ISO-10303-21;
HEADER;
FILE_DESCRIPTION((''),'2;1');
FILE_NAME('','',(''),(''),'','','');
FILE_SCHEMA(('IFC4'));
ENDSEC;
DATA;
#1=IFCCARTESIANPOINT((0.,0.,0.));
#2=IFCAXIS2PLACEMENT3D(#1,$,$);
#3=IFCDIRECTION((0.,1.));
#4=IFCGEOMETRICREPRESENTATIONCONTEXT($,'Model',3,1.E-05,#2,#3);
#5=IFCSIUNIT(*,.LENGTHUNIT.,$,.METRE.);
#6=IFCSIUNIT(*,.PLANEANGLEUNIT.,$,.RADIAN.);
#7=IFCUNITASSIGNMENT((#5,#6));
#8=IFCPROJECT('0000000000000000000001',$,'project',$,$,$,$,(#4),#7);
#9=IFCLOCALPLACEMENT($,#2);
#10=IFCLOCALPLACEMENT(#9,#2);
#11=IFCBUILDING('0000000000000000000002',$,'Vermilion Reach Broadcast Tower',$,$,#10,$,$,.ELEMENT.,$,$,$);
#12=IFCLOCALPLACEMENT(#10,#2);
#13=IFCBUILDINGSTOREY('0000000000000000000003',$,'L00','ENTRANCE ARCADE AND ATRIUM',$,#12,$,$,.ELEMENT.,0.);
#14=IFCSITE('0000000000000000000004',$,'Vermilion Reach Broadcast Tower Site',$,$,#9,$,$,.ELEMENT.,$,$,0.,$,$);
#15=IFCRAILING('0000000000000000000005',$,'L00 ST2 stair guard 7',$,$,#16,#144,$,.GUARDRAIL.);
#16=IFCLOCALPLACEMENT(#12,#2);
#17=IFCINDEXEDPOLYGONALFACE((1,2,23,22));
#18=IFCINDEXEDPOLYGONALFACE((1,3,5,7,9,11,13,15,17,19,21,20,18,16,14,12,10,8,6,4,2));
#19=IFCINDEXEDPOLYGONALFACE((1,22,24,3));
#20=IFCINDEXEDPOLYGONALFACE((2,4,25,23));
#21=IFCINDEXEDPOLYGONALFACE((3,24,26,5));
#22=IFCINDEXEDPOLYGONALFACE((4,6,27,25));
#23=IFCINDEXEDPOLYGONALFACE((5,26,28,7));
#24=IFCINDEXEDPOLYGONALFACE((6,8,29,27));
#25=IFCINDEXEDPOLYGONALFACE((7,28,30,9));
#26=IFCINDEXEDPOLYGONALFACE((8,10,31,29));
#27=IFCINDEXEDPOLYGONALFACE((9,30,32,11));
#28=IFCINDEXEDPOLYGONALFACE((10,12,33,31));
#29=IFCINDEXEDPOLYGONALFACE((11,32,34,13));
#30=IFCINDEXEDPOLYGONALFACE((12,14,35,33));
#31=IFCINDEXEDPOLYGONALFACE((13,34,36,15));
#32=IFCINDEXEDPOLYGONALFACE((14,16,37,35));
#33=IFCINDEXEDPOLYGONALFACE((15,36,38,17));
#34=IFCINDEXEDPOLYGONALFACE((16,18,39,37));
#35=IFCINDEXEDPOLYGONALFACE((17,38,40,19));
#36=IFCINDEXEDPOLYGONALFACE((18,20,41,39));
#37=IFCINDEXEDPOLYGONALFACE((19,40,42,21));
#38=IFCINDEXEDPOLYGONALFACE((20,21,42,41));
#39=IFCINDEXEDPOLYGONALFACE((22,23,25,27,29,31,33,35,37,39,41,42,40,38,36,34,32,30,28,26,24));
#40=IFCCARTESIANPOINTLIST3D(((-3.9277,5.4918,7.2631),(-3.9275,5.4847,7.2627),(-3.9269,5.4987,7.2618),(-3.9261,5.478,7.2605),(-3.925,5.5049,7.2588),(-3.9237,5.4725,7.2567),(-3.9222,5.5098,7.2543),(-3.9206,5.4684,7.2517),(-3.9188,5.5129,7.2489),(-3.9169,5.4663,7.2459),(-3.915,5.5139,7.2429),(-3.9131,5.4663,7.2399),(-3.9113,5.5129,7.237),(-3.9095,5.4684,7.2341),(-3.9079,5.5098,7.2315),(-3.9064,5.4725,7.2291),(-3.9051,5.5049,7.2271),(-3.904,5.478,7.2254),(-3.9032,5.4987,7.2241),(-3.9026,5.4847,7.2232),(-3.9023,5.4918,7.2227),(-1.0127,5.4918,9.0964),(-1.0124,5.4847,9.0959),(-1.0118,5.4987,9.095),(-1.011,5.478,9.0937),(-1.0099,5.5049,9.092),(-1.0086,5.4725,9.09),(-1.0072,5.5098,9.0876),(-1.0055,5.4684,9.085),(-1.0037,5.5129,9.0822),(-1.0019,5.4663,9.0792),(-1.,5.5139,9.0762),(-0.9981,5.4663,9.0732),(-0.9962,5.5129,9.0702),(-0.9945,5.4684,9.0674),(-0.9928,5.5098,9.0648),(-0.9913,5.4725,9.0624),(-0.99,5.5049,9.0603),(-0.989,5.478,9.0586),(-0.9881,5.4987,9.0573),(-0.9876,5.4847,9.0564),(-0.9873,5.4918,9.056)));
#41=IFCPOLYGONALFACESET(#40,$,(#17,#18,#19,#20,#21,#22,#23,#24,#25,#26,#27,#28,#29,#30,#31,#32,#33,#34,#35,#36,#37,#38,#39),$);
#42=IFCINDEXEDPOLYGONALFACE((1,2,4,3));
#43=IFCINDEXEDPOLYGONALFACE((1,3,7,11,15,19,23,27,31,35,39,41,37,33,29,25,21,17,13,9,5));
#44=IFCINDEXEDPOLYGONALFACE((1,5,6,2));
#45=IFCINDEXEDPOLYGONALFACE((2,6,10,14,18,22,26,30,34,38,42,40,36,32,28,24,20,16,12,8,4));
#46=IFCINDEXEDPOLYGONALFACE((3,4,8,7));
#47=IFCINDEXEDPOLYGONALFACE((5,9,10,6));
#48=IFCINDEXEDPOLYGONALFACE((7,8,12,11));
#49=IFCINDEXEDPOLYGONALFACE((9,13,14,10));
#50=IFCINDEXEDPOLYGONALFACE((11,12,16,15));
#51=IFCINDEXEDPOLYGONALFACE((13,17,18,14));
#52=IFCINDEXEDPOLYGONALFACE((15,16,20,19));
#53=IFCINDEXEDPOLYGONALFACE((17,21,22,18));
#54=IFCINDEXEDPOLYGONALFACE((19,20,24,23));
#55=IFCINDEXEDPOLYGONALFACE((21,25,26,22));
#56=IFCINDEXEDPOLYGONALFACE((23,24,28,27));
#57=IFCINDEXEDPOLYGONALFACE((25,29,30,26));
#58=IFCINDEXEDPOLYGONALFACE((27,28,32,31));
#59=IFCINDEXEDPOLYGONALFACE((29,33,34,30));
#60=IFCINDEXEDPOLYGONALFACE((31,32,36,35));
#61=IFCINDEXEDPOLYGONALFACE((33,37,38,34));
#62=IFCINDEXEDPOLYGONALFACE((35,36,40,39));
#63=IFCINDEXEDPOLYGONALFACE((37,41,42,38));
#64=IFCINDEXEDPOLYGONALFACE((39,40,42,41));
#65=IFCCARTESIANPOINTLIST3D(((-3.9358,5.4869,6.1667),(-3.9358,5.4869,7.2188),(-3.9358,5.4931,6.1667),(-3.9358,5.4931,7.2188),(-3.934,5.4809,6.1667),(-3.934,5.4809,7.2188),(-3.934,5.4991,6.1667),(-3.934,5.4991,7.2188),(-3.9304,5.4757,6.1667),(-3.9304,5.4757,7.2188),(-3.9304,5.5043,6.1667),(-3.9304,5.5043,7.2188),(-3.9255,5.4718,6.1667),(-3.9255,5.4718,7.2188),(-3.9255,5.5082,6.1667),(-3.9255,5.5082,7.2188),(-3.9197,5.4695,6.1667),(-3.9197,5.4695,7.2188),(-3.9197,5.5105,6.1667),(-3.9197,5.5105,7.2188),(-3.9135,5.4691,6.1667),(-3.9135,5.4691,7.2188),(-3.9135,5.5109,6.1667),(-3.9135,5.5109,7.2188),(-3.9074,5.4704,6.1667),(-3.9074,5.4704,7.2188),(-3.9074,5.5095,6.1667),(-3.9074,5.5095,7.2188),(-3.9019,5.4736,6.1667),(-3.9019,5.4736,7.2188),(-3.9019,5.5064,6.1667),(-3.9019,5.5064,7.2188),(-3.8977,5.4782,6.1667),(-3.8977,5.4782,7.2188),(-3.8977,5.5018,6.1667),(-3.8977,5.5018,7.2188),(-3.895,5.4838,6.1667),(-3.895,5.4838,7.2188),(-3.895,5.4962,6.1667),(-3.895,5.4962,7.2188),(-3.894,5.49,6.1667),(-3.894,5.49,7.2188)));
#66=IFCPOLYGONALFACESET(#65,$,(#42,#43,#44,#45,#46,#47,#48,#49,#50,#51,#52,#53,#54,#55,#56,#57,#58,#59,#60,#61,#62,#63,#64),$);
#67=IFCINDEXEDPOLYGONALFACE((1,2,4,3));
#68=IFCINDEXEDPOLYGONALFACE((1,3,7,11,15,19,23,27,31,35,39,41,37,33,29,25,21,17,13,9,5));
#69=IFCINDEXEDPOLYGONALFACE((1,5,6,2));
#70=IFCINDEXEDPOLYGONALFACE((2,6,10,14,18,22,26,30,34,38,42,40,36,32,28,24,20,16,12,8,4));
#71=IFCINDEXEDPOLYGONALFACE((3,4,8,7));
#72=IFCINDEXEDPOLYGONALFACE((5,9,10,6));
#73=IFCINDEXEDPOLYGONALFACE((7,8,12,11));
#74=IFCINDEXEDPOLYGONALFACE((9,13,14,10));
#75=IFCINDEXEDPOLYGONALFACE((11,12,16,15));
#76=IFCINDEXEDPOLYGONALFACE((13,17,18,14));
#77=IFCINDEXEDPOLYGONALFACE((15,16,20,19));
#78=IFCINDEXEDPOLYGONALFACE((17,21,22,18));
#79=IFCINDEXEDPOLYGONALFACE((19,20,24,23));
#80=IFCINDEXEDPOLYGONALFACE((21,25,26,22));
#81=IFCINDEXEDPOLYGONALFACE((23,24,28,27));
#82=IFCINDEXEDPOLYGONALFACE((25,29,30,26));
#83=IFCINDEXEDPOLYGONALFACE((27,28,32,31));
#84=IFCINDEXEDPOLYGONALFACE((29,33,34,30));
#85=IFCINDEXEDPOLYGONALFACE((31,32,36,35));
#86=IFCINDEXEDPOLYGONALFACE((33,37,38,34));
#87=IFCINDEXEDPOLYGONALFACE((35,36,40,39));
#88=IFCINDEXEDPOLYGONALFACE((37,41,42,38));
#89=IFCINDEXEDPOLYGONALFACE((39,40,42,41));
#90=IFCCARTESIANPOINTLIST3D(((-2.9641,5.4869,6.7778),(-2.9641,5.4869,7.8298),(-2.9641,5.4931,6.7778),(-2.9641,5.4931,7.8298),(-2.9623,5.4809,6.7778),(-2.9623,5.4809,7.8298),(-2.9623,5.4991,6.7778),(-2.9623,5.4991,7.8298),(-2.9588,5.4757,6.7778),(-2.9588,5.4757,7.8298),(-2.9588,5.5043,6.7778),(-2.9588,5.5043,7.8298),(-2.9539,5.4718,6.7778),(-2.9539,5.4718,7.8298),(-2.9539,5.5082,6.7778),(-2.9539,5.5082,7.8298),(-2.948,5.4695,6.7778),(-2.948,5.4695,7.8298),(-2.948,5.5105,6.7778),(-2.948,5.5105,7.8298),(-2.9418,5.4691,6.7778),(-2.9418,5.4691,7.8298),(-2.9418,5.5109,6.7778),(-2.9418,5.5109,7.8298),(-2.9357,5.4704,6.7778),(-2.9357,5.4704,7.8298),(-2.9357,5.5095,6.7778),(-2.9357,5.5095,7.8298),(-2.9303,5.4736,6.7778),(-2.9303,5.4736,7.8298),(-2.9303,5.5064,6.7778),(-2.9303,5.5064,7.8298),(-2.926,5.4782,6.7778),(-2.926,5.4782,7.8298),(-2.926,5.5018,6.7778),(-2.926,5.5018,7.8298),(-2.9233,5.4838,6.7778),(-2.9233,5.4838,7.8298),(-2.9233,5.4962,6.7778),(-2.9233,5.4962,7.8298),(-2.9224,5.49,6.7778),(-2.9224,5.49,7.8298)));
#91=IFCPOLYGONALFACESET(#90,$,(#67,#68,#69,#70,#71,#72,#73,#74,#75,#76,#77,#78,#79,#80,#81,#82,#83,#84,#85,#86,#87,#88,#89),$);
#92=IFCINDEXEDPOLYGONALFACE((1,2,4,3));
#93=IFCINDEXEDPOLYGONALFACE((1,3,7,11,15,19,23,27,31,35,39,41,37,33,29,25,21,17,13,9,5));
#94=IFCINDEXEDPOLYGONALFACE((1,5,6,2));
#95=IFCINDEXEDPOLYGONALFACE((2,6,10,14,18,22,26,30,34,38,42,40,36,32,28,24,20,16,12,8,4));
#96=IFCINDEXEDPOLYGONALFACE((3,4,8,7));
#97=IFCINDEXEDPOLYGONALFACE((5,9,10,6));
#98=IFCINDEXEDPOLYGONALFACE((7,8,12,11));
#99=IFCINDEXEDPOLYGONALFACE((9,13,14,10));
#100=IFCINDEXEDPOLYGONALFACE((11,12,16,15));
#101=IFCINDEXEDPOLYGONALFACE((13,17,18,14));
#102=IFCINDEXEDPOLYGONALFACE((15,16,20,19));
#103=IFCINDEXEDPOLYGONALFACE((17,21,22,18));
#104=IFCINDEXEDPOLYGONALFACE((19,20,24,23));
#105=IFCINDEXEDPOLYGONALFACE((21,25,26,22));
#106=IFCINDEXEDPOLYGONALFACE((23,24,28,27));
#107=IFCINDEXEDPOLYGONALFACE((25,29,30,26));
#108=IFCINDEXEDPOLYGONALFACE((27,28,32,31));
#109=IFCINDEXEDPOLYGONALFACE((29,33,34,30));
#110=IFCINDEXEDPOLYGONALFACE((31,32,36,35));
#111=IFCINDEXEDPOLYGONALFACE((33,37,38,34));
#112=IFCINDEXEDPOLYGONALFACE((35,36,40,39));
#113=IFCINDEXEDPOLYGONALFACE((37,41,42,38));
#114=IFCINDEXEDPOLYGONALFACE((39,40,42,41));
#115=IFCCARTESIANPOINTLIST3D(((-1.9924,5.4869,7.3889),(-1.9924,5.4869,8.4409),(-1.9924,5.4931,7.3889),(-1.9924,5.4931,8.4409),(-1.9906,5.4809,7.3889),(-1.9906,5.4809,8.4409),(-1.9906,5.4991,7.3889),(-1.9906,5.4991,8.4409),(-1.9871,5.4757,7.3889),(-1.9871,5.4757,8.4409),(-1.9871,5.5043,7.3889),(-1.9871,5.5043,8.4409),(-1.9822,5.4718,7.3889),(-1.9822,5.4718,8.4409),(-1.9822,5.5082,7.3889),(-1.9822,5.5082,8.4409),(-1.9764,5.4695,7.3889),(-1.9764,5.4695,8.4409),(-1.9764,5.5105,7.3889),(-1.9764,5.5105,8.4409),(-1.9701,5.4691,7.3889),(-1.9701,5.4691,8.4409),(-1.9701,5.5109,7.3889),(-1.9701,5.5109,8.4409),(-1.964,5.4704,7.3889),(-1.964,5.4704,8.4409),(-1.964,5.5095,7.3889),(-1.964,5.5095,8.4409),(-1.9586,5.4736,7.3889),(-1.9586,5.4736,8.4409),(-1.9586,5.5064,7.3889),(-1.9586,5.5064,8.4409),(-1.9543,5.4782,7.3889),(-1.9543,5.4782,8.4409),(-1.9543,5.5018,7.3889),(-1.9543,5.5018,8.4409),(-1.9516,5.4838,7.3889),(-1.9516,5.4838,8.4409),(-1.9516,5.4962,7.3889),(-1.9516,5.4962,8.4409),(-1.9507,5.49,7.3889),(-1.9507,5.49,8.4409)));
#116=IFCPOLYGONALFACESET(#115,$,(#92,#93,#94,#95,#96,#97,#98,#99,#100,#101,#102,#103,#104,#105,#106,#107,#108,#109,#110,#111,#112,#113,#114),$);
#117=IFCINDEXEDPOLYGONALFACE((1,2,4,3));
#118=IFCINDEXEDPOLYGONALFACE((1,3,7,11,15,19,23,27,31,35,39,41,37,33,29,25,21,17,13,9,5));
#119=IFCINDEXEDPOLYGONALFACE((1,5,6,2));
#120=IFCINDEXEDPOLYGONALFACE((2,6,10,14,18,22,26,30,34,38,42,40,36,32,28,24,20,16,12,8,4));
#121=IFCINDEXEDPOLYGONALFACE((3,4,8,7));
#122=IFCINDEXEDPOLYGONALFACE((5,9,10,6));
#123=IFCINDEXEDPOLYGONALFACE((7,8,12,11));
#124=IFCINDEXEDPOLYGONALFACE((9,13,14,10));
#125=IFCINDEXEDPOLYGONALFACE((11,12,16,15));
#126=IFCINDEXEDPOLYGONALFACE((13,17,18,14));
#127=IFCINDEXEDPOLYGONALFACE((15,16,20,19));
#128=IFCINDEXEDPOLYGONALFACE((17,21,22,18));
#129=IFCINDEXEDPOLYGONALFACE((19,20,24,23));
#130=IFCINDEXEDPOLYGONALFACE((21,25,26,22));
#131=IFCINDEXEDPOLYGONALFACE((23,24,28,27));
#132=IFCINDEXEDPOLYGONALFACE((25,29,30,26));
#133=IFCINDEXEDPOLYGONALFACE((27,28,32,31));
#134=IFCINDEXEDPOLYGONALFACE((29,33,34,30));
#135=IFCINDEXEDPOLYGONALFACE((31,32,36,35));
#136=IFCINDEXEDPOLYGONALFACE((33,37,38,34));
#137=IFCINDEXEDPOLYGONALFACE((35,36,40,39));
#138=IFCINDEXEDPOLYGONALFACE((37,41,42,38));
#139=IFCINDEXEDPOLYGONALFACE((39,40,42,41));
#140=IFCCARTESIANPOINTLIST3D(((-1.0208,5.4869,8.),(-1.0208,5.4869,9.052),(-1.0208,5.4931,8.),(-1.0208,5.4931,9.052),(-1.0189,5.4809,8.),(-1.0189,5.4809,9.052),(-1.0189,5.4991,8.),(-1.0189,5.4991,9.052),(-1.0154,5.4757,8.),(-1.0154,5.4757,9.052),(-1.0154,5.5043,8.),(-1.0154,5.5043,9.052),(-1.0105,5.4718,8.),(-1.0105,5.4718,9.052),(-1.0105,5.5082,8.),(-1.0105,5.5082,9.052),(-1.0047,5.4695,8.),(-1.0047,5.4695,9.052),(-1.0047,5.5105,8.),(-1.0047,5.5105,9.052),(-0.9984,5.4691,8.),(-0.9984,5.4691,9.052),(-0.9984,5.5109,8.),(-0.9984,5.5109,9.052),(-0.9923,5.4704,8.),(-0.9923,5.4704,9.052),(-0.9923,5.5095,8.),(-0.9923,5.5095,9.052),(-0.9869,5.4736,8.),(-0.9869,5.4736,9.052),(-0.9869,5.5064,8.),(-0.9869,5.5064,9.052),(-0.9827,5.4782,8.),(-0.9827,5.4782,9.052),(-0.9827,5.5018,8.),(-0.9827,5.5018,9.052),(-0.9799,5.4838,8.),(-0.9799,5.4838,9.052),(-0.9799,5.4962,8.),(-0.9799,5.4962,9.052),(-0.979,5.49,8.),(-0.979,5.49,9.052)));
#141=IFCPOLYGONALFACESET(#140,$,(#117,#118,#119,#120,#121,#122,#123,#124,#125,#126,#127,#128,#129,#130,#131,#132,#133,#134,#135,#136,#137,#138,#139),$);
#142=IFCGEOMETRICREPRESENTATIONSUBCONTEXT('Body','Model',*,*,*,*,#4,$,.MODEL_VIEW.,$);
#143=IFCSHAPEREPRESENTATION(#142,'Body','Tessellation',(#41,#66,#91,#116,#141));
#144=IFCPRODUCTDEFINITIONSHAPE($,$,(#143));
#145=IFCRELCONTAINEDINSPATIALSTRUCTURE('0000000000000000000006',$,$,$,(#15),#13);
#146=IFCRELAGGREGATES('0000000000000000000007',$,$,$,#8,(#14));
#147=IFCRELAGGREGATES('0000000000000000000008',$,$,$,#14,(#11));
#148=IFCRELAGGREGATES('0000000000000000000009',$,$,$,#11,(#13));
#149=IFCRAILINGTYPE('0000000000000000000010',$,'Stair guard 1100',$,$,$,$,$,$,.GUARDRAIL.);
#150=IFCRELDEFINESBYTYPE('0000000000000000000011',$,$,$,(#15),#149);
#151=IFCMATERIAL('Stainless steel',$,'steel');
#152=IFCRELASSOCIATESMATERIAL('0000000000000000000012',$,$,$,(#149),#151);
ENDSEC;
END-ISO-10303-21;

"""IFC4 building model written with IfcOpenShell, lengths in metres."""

from ifc_helpers import new_model, si_unit, direction, frame, origin, origin_2d, place, context, subcontext, project, spatial, circle, extrude, material, type_object, element, save


model = new_model("IFC4")

# Units and contexts
model_context = context("Model", 3, precision=1e-05, world=origin(), true_north=direction((0.0, 1.0)))
body_context = subcontext(model_context, "Body", "Model", "MODEL_VIEW")
ifc_project = project(units=[si_unit("LENGTHUNIT", "METRE"), si_unit("PLANEANGLEUNIT", "RADIAN")], contexts=[model_context])

# Site, building, storey
site_placement = place(None, origin())
site = spatial("IfcSite", under=ifc_project, at=site_placement, Name="Vermilion Reach Broadcast Tower Site", CompositionType="ELEMENT", RefElevation=0.0)
building_placement = place(site_placement, origin())
building = spatial("IfcBuilding", under=site, at=building_placement, Name="Vermilion Reach Broadcast Tower", CompositionType="ELEMENT")
storey_placement = place(building_placement, origin())
storey = spatial("IfcBuildingStorey", under=building, at=storey_placement, Name="L00", Description="ENTRANCE ARCADE AND ATRIUM", CompositionType="ELEMENT", Elevation=0.0)

# Railing
ifc_material_1 = material(Name="Stainless steel", Category="steel")
railing_type_1 = type_object("IfcRailingType", Name="Stair guard 1100", PredefinedType="GUARDRAIL", material=ifc_material_1)
railing_1_placement = place(storey_placement, frame((-3.915, 5.49, 6.1667)))
element("IfcRailing", 1, at=railing_1_placement, inside=storey, type_object=railing_type_1, Name="L00 ST2 stair guard 7", PredefinedType="GUARDRAIL", context=body_context, shape_type="SweptSolid", body=[
    extrude(circle(Radius=0.0239, at=origin_2d()), frame((0.0, 0.0, 1.0762), z_axis=(0.846513, 0.0, 0.532368), x_axis=(0.0, 1.0, 0.0)), (0.0, 0.0, 1.0), 3.4436),
    extrude(circle(Radius=0.021, at=origin_2d()), origin(), (0.0, 0.0, 1.0), 1.052),
    extrude(circle(Radius=0.021, at=origin_2d()), frame((0.9717, 0.0, 0.6111)), (0.0, 0.0, 1.0), 1.052),
    extrude(circle(Radius=0.021, at=origin_2d()), frame((1.9434, 0.0, 1.2222)), (0.0, 0.0, 1.0), 1.052),
    extrude(circle(Radius=0.021, at=origin_2d()), frame((2.915, 0.0, 1.8333)), (0.0, 0.0, 1.0), 1.052),
])

save(model, "model.ifc")
